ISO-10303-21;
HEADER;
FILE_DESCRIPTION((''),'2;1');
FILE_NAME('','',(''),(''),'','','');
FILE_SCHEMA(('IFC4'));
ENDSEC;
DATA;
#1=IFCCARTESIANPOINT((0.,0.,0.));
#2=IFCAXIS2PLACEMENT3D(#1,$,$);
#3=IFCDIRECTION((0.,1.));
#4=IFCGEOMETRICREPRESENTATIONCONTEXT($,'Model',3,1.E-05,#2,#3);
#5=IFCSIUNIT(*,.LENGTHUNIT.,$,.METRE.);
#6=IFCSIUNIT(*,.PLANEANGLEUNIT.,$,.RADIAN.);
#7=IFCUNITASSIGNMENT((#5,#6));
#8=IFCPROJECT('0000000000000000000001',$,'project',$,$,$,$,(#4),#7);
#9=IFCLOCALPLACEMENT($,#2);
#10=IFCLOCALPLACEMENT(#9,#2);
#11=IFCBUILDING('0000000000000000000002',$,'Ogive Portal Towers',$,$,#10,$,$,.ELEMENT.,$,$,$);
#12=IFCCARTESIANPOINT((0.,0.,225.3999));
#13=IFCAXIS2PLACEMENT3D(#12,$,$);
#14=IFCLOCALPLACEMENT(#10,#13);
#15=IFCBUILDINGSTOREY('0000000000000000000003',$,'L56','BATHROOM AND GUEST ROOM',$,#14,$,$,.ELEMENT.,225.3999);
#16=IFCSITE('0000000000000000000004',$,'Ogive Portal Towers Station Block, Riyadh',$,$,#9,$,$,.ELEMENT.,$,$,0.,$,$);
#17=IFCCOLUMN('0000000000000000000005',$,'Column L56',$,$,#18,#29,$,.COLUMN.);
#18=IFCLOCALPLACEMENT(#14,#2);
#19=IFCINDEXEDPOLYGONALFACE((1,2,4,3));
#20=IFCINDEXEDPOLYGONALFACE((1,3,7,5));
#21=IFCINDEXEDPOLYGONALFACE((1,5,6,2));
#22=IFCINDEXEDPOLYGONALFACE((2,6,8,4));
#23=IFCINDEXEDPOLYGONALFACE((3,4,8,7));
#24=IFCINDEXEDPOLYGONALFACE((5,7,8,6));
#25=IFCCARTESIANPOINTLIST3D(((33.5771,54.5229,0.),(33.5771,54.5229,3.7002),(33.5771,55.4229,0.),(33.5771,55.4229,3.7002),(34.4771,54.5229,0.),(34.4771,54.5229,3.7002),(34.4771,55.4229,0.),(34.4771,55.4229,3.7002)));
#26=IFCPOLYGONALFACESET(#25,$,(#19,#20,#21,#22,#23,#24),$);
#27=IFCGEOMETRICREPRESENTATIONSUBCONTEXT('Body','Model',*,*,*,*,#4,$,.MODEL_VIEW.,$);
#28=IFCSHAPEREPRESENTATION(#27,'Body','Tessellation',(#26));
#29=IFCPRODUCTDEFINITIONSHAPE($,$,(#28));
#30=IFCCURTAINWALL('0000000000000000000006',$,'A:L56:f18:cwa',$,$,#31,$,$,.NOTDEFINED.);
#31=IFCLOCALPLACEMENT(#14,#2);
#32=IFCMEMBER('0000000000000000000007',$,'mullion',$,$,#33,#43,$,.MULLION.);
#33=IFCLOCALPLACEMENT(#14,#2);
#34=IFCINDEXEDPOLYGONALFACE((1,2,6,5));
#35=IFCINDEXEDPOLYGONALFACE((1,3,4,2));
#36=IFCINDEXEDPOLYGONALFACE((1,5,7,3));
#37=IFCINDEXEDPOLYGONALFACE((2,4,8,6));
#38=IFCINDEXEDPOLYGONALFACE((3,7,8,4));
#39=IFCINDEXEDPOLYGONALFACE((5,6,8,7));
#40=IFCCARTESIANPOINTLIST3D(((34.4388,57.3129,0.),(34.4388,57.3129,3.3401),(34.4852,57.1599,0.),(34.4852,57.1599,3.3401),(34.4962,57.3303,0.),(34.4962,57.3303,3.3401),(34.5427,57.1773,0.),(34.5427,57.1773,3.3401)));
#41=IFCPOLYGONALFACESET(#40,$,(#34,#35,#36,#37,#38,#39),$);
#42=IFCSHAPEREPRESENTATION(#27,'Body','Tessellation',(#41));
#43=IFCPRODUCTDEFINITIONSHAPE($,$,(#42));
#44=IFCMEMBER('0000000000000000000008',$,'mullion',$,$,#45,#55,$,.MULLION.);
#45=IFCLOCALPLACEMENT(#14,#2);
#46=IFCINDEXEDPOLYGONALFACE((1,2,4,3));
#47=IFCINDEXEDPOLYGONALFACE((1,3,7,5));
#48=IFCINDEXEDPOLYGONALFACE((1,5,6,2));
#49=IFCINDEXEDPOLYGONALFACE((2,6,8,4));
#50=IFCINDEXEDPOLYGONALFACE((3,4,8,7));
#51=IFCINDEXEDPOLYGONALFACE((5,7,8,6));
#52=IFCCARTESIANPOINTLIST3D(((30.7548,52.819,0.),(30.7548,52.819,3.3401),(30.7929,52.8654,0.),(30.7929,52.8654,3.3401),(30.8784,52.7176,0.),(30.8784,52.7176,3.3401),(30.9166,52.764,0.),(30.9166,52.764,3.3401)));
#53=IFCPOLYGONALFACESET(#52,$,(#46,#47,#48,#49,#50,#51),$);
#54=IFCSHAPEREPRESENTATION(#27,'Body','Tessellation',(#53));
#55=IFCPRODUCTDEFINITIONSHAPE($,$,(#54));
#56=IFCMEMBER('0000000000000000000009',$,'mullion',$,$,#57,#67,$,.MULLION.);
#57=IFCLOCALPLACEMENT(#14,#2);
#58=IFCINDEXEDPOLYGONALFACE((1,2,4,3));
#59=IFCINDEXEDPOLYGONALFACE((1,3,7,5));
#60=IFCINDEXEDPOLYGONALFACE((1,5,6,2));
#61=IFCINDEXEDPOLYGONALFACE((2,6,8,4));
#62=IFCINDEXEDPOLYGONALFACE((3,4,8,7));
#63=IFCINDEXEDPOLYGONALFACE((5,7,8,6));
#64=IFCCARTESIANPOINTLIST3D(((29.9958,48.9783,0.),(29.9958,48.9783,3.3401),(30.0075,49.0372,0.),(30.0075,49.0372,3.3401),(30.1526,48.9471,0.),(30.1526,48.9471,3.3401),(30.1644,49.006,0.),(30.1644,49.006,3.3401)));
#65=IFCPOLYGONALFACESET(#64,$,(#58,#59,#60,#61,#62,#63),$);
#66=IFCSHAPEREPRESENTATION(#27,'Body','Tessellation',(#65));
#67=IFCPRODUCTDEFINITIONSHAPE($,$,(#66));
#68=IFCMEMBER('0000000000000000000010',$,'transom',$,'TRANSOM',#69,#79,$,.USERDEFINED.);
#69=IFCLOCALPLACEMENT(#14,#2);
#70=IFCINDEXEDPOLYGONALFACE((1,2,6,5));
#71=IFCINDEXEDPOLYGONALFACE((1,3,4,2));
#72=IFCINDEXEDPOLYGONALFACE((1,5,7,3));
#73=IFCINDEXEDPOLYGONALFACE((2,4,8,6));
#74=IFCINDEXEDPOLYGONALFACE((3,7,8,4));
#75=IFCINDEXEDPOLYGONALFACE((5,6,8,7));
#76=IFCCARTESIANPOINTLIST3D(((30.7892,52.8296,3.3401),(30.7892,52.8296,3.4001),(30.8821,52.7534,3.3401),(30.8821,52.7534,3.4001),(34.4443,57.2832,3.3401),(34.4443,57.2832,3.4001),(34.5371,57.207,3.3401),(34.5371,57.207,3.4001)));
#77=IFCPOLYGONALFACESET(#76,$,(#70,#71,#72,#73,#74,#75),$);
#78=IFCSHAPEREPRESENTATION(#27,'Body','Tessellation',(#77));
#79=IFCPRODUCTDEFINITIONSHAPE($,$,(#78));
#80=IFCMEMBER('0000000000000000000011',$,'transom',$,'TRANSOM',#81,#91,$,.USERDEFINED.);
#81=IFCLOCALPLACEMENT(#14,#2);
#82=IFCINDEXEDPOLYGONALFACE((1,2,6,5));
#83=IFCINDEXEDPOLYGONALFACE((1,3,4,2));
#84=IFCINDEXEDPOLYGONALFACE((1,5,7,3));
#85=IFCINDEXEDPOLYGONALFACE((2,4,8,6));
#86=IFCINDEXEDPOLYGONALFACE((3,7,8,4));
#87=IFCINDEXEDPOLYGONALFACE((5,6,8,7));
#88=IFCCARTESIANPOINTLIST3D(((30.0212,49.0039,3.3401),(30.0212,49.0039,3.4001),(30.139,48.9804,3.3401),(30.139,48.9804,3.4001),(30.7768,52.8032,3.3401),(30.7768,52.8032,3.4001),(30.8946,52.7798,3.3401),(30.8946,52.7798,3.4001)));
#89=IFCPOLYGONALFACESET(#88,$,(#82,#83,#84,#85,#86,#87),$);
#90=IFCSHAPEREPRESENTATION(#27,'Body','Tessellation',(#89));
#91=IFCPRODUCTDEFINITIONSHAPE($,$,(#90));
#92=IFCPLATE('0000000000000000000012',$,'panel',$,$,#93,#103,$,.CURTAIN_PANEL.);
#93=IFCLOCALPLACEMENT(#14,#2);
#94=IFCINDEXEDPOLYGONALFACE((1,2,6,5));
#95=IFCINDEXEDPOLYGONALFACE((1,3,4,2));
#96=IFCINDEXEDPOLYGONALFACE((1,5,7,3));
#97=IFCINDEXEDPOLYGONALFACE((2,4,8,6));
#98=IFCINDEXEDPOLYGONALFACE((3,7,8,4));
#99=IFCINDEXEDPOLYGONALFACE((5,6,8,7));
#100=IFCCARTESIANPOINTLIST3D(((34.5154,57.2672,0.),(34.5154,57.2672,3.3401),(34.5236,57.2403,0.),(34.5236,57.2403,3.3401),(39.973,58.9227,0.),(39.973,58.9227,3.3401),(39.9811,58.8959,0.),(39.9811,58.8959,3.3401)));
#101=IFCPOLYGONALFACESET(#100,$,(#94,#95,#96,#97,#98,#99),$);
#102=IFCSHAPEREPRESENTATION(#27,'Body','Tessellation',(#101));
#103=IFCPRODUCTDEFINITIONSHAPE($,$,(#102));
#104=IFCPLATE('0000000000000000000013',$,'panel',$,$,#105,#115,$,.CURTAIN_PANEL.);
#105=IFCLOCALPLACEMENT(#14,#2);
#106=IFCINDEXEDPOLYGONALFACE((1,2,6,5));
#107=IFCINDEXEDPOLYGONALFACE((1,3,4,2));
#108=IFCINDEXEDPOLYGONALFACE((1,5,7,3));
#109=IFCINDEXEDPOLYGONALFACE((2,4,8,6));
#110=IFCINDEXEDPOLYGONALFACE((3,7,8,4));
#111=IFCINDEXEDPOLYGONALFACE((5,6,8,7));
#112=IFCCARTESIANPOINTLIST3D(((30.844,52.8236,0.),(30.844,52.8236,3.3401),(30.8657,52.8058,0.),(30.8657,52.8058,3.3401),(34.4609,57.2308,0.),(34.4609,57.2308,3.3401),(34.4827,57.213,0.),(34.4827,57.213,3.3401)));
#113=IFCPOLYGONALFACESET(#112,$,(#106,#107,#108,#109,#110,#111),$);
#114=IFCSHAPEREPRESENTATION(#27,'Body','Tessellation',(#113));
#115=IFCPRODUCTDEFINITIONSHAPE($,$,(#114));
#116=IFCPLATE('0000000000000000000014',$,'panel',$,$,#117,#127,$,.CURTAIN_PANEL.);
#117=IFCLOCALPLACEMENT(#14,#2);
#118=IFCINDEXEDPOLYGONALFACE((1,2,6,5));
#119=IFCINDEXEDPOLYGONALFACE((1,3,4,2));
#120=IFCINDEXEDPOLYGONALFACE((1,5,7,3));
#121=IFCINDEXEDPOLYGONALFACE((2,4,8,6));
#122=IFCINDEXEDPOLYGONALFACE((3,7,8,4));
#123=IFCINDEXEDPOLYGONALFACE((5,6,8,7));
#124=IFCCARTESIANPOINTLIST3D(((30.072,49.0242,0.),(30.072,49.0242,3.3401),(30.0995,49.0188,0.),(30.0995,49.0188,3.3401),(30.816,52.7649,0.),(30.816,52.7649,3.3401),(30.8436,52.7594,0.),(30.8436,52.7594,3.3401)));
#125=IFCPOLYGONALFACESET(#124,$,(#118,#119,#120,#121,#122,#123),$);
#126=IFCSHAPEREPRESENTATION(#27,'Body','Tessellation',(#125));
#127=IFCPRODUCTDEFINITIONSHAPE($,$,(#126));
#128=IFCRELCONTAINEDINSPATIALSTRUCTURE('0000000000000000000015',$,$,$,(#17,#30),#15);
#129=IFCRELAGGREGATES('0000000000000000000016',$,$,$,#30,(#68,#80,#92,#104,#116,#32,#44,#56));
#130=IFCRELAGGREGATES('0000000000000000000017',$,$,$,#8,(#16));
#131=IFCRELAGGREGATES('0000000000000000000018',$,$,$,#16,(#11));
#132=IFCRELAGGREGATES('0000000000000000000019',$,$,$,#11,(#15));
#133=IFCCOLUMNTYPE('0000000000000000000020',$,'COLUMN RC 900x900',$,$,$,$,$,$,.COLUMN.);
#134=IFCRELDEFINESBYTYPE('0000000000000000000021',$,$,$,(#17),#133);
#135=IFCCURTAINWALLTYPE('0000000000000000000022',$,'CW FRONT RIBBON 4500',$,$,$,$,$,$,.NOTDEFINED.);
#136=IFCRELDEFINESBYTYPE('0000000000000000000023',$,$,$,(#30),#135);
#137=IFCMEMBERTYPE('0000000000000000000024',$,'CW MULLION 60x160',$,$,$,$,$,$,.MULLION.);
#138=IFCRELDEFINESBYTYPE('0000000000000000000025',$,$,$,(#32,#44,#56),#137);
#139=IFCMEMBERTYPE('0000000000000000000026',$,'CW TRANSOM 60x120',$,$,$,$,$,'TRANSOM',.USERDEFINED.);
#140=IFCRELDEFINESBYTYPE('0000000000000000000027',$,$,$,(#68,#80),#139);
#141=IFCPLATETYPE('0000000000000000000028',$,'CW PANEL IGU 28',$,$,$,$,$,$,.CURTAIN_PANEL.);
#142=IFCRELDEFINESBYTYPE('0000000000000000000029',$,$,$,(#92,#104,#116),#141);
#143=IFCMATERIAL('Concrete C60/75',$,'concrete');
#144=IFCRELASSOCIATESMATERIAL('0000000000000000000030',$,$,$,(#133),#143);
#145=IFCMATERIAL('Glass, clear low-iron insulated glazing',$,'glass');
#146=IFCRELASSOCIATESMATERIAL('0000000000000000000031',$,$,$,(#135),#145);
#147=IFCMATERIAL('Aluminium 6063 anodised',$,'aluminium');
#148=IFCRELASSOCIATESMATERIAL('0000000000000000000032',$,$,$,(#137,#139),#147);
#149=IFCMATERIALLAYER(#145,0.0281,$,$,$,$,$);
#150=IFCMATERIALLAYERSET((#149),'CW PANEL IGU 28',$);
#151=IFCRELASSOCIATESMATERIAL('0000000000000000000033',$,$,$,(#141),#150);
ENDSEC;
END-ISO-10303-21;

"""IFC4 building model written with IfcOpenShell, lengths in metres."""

from ifc_helpers import new_model, si_unit, direction, frame, origin, origin_2d, place, context, subcontext, project, spatial, rectangle, extrude, material, layer, layer_set, material_profile, profile_set, type_object, element, aggregate, save


model = new_model("IFC4")

# Units and contexts
model_context = context("Model", 3, precision=1e-05, world=origin(), true_north=direction((0.0, 1.0)))
body_context = subcontext(model_context, "Body", "Model", "MODEL_VIEW")
ifc_project = project(units=[si_unit("LENGTHUNIT", "METRE"), si_unit("PLANEANGLEUNIT", "RADIAN")], contexts=[model_context])

# Site, building, storey
site_placement = place(None, origin())
site = spatial("IfcSite", under=ifc_project, at=site_placement, Name="Ogive Portal Towers Station Block, Riyadh", CompositionType="ELEMENT", RefElevation=0.0)
building_placement = place(site_placement, origin())
building = spatial("IfcBuilding", under=site, at=building_placement, Name="Ogive Portal Towers", CompositionType="ELEMENT")
storey_placement = place(building_placement, frame((0.0, 0.0, 225.3999)))
storey = spatial("IfcBuildingStorey", under=building, at=storey_placement, Name="L56", Description="BATHROOM AND GUEST ROOM", CompositionType="ELEMENT", Elevation=225.3999)

# Column
ifc_material_1 = material(Name="Concrete C60/75", Category="concrete")
ifc_material_profile_1 = material_profile(ifc_material_1, rectangle(XDim=0.8999, YDim=0.8999, at=origin_2d()), Name="RC 900x900")
ifc_profile_set_1 = profile_set([ifc_material_profile_1], Name="Concrete C60/75")
column_type = type_object("IfcColumnType", Name="COLUMN RC 900x900", PredefinedType="COLUMN", material=ifc_profile_set_1)
column_placement = place(storey_placement, frame((34.0271, 54.9729, 0.0), z_axis=(0.0, 0.0, 1.0), x_axis=(1.0, 0.0, 0.0)))
element("IfcColumn", 1, at=column_placement, inside=storey, type_object=column_type, Name="Column L56", PredefinedType="COLUMN", context=body_context, shape_type="SweptSolid", body=[
    extrude(rectangle(XDim=0.8999, YDim=0.8999, at=origin_2d()), origin(), (0.0, 0.0, 1.0), 3.7002),
])

# Curtain wall, members, plates
ifc_material_2 = material(Name="Glass, clear low-iron insulated glazing", Category="glass")
curtain_wall_type = type_object("IfcCurtainWallType", Name="CW FRONT RIBBON 4500", PredefinedType="NOTDEFINED", material=ifc_material_2)
curtain_wall_placement = place(storey_placement, origin())
curtain_wall = element("IfcCurtainWall", 2, at=curtain_wall_placement, inside=storey, type_object=curtain_wall_type, Name="A:L56:f18:cwa", PredefinedType="NOTDEFINED")
ifc_material_3 = material(Name="Aluminium 6063 anodised", Category="aluminium")
ifc_material_profile_2 = material_profile(ifc_material_3, rectangle(XDim=0.1599, YDim=0.0601, at=origin_2d()), Name="AL 60x160")
ifc_profile_set_2 = profile_set([ifc_material_profile_2], Name="Aluminium 6063 anodised")
member_type_1 = type_object("IfcMemberType", Name="CW MULLION 60x160", PredefinedType="MULLION", material=ifc_profile_set_2)
member_1_placement = place(storey_placement, frame((34.4907, 57.2451, 0.0), z_axis=(0.0, 0.0, 1.0), x_axis=(0.290285, -0.95694, 0.0)))
member_1 = element("IfcMember", 3, at=member_1_placement, type_object=member_type_1, Name="mullion", PredefinedType="MULLION", context=body_context, shape_type="SweptSolid", body=[
    extrude(rectangle(XDim=0.1599, YDim=0.0601, at=origin_2d()), origin(), (0.0, 0.0, 1.0), 3.3401),
])
member_2_placement = place(storey_placement, frame((30.8357, 52.7915, 0.0), z_axis=(0.0, 0.0, 1.0), x_axis=(0.77301, -0.634393, 0.0)))
member_2 = element("IfcMember", 4, at=member_2_placement, type_object=member_type_1, Name="mullion", PredefinedType="MULLION", context=body_context, shape_type="SweptSolid", body=[
    extrude(rectangle(XDim=0.1599, YDim=0.0601, at=origin_2d()), origin(), (0.0, 0.0, 1.0), 3.3401),
])
member_3_placement = place(storey_placement, frame((30.0801, 48.9922, 0.0), z_axis=(0.0, 0.0, 1.0), x_axis=(0.980785, -0.19509, 0.0)))
member_3 = element("IfcMember", 5, at=member_3_placement, type_object=member_type_1, Name="mullion", PredefinedType="MULLION", context=body_context, shape_type="SweptSolid", body=[
    extrude(rectangle(XDim=0.1599, YDim=0.0601, at=origin_2d()), origin(), (0.0, 0.0, 1.0), 3.3401),
])
ifc_material_profile_3 = material_profile(ifc_material_3, rectangle(XDim=0.1201, YDim=0.0601, at=origin_2d()), Name="AL 120x60")
ifc_profile_set_3 = profile_set([ifc_material_profile_3], Name="Aluminium 6063 anodised")
member_type_2 = type_object("IfcMemberType", Name="CW TRANSOM 60x120", ElementType="TRANSOM", PredefinedType="USERDEFINED", material=ifc_profile_set_3)
member_4_placement = place(storey_placement, frame((34.4907, 57.2451, 3.3701), z_axis=(-0.634398, -0.773007, 0.0), x_axis=(0.773007, -0.634398, 0.0)))
member_4 = element("IfcMember", 6, at=member_4_placement, type_object=member_type_2, Name="transom", ObjectType="TRANSOM", PredefinedType="USERDEFINED", context=body_context, shape_type="SweptSolid", body=[
    extrude(rectangle(XDim=0.1201, YDim=0.0601, at=origin_2d()), origin(), (0.0, 0.0, 1.0), 5.7615),
])
member_5_placement = place(storey_placement, frame((30.8357, 52.7915, 3.3701), z_axis=(-0.195062, -0.980791, 0.0), x_axis=(0.980791, -0.195062, 0.0)))
member_5 = element("IfcMember", 7, at=member_5_placement, type_object=member_type_2, Name="transom", ObjectType="TRANSOM", PredefinedType="USERDEFINED", context=body_context, shape_type="SweptSolid", body=[
    extrude(rectangle(XDim=0.1201, YDim=0.0601, at=origin_2d()), origin(), (0.0, 0.0, 1.0), 3.8738),
])
ifc_layer_1 = layer(ifc_material_2, 0.0281)
ifc_layer_set_1 = layer_set([ifc_layer_1], Name="CW PANEL IGU 28")
plate_type = type_object("IfcPlateType", Name="CW PANEL IGU 28", PredefinedType="CURTAIN_PANEL", material=ifc_layer_set_1)
plate_1_placement = place(storey_placement, frame((37.2483, 58.0815, 0.0), z_axis=(0.0, 0.0, 1.0), x_axis=(-0.95694, -0.290285, 0.0)))
plate_1 = element("IfcPlate", 8, at=plate_1_placement, type_object=plate_type, Name="panel", PredefinedType="CURTAIN_PANEL", context=body_context, shape_type="SweptSolid", body=[
    extrude(rectangle(XDim=5.7031, YDim=0.0281, at=origin_2d()), origin(), (0.0, 0.0, 1.0), 3.3401),
])
plate_2_placement = place(storey_placement, frame((32.6633, 55.0183, 0.0), z_axis=(0.0, 0.0, 1.0), x_axis=(-0.634393, -0.77301, 0.0)))
plate_2 = element("IfcPlate", 9, at=plate_2_placement, type_object=plate_type, Name="panel", PredefinedType="CURTAIN_PANEL", context=body_context, shape_type="SweptSolid", body=[
    extrude(rectangle(XDim=5.7014, YDim=0.0281, at=origin_2d()), origin(), (0.0, 0.0, 1.0), 3.3401),
])
plate_3_placement = place(storey_placement, frame((30.4578, 50.8918, 0.0), z_axis=(0.0, 0.0, 1.0), x_axis=(-0.19509, -0.980785, 0.0)))
plate_3 = element("IfcPlate", 10, at=plate_3_placement, type_object=plate_type, Name="panel", PredefinedType="CURTAIN_PANEL", context=body_context, shape_type="SweptSolid", body=[
    extrude(rectangle(XDim=3.814, YDim=0.0281, at=origin_2d()), origin(), (0.0, 0.0, 1.0), 3.3401),
])
aggregate(curtain_wall, [member_4, member_5, plate_1, plate_2, plate_3, member_1, member_2, member_3])

save(model, "model.ifc")
